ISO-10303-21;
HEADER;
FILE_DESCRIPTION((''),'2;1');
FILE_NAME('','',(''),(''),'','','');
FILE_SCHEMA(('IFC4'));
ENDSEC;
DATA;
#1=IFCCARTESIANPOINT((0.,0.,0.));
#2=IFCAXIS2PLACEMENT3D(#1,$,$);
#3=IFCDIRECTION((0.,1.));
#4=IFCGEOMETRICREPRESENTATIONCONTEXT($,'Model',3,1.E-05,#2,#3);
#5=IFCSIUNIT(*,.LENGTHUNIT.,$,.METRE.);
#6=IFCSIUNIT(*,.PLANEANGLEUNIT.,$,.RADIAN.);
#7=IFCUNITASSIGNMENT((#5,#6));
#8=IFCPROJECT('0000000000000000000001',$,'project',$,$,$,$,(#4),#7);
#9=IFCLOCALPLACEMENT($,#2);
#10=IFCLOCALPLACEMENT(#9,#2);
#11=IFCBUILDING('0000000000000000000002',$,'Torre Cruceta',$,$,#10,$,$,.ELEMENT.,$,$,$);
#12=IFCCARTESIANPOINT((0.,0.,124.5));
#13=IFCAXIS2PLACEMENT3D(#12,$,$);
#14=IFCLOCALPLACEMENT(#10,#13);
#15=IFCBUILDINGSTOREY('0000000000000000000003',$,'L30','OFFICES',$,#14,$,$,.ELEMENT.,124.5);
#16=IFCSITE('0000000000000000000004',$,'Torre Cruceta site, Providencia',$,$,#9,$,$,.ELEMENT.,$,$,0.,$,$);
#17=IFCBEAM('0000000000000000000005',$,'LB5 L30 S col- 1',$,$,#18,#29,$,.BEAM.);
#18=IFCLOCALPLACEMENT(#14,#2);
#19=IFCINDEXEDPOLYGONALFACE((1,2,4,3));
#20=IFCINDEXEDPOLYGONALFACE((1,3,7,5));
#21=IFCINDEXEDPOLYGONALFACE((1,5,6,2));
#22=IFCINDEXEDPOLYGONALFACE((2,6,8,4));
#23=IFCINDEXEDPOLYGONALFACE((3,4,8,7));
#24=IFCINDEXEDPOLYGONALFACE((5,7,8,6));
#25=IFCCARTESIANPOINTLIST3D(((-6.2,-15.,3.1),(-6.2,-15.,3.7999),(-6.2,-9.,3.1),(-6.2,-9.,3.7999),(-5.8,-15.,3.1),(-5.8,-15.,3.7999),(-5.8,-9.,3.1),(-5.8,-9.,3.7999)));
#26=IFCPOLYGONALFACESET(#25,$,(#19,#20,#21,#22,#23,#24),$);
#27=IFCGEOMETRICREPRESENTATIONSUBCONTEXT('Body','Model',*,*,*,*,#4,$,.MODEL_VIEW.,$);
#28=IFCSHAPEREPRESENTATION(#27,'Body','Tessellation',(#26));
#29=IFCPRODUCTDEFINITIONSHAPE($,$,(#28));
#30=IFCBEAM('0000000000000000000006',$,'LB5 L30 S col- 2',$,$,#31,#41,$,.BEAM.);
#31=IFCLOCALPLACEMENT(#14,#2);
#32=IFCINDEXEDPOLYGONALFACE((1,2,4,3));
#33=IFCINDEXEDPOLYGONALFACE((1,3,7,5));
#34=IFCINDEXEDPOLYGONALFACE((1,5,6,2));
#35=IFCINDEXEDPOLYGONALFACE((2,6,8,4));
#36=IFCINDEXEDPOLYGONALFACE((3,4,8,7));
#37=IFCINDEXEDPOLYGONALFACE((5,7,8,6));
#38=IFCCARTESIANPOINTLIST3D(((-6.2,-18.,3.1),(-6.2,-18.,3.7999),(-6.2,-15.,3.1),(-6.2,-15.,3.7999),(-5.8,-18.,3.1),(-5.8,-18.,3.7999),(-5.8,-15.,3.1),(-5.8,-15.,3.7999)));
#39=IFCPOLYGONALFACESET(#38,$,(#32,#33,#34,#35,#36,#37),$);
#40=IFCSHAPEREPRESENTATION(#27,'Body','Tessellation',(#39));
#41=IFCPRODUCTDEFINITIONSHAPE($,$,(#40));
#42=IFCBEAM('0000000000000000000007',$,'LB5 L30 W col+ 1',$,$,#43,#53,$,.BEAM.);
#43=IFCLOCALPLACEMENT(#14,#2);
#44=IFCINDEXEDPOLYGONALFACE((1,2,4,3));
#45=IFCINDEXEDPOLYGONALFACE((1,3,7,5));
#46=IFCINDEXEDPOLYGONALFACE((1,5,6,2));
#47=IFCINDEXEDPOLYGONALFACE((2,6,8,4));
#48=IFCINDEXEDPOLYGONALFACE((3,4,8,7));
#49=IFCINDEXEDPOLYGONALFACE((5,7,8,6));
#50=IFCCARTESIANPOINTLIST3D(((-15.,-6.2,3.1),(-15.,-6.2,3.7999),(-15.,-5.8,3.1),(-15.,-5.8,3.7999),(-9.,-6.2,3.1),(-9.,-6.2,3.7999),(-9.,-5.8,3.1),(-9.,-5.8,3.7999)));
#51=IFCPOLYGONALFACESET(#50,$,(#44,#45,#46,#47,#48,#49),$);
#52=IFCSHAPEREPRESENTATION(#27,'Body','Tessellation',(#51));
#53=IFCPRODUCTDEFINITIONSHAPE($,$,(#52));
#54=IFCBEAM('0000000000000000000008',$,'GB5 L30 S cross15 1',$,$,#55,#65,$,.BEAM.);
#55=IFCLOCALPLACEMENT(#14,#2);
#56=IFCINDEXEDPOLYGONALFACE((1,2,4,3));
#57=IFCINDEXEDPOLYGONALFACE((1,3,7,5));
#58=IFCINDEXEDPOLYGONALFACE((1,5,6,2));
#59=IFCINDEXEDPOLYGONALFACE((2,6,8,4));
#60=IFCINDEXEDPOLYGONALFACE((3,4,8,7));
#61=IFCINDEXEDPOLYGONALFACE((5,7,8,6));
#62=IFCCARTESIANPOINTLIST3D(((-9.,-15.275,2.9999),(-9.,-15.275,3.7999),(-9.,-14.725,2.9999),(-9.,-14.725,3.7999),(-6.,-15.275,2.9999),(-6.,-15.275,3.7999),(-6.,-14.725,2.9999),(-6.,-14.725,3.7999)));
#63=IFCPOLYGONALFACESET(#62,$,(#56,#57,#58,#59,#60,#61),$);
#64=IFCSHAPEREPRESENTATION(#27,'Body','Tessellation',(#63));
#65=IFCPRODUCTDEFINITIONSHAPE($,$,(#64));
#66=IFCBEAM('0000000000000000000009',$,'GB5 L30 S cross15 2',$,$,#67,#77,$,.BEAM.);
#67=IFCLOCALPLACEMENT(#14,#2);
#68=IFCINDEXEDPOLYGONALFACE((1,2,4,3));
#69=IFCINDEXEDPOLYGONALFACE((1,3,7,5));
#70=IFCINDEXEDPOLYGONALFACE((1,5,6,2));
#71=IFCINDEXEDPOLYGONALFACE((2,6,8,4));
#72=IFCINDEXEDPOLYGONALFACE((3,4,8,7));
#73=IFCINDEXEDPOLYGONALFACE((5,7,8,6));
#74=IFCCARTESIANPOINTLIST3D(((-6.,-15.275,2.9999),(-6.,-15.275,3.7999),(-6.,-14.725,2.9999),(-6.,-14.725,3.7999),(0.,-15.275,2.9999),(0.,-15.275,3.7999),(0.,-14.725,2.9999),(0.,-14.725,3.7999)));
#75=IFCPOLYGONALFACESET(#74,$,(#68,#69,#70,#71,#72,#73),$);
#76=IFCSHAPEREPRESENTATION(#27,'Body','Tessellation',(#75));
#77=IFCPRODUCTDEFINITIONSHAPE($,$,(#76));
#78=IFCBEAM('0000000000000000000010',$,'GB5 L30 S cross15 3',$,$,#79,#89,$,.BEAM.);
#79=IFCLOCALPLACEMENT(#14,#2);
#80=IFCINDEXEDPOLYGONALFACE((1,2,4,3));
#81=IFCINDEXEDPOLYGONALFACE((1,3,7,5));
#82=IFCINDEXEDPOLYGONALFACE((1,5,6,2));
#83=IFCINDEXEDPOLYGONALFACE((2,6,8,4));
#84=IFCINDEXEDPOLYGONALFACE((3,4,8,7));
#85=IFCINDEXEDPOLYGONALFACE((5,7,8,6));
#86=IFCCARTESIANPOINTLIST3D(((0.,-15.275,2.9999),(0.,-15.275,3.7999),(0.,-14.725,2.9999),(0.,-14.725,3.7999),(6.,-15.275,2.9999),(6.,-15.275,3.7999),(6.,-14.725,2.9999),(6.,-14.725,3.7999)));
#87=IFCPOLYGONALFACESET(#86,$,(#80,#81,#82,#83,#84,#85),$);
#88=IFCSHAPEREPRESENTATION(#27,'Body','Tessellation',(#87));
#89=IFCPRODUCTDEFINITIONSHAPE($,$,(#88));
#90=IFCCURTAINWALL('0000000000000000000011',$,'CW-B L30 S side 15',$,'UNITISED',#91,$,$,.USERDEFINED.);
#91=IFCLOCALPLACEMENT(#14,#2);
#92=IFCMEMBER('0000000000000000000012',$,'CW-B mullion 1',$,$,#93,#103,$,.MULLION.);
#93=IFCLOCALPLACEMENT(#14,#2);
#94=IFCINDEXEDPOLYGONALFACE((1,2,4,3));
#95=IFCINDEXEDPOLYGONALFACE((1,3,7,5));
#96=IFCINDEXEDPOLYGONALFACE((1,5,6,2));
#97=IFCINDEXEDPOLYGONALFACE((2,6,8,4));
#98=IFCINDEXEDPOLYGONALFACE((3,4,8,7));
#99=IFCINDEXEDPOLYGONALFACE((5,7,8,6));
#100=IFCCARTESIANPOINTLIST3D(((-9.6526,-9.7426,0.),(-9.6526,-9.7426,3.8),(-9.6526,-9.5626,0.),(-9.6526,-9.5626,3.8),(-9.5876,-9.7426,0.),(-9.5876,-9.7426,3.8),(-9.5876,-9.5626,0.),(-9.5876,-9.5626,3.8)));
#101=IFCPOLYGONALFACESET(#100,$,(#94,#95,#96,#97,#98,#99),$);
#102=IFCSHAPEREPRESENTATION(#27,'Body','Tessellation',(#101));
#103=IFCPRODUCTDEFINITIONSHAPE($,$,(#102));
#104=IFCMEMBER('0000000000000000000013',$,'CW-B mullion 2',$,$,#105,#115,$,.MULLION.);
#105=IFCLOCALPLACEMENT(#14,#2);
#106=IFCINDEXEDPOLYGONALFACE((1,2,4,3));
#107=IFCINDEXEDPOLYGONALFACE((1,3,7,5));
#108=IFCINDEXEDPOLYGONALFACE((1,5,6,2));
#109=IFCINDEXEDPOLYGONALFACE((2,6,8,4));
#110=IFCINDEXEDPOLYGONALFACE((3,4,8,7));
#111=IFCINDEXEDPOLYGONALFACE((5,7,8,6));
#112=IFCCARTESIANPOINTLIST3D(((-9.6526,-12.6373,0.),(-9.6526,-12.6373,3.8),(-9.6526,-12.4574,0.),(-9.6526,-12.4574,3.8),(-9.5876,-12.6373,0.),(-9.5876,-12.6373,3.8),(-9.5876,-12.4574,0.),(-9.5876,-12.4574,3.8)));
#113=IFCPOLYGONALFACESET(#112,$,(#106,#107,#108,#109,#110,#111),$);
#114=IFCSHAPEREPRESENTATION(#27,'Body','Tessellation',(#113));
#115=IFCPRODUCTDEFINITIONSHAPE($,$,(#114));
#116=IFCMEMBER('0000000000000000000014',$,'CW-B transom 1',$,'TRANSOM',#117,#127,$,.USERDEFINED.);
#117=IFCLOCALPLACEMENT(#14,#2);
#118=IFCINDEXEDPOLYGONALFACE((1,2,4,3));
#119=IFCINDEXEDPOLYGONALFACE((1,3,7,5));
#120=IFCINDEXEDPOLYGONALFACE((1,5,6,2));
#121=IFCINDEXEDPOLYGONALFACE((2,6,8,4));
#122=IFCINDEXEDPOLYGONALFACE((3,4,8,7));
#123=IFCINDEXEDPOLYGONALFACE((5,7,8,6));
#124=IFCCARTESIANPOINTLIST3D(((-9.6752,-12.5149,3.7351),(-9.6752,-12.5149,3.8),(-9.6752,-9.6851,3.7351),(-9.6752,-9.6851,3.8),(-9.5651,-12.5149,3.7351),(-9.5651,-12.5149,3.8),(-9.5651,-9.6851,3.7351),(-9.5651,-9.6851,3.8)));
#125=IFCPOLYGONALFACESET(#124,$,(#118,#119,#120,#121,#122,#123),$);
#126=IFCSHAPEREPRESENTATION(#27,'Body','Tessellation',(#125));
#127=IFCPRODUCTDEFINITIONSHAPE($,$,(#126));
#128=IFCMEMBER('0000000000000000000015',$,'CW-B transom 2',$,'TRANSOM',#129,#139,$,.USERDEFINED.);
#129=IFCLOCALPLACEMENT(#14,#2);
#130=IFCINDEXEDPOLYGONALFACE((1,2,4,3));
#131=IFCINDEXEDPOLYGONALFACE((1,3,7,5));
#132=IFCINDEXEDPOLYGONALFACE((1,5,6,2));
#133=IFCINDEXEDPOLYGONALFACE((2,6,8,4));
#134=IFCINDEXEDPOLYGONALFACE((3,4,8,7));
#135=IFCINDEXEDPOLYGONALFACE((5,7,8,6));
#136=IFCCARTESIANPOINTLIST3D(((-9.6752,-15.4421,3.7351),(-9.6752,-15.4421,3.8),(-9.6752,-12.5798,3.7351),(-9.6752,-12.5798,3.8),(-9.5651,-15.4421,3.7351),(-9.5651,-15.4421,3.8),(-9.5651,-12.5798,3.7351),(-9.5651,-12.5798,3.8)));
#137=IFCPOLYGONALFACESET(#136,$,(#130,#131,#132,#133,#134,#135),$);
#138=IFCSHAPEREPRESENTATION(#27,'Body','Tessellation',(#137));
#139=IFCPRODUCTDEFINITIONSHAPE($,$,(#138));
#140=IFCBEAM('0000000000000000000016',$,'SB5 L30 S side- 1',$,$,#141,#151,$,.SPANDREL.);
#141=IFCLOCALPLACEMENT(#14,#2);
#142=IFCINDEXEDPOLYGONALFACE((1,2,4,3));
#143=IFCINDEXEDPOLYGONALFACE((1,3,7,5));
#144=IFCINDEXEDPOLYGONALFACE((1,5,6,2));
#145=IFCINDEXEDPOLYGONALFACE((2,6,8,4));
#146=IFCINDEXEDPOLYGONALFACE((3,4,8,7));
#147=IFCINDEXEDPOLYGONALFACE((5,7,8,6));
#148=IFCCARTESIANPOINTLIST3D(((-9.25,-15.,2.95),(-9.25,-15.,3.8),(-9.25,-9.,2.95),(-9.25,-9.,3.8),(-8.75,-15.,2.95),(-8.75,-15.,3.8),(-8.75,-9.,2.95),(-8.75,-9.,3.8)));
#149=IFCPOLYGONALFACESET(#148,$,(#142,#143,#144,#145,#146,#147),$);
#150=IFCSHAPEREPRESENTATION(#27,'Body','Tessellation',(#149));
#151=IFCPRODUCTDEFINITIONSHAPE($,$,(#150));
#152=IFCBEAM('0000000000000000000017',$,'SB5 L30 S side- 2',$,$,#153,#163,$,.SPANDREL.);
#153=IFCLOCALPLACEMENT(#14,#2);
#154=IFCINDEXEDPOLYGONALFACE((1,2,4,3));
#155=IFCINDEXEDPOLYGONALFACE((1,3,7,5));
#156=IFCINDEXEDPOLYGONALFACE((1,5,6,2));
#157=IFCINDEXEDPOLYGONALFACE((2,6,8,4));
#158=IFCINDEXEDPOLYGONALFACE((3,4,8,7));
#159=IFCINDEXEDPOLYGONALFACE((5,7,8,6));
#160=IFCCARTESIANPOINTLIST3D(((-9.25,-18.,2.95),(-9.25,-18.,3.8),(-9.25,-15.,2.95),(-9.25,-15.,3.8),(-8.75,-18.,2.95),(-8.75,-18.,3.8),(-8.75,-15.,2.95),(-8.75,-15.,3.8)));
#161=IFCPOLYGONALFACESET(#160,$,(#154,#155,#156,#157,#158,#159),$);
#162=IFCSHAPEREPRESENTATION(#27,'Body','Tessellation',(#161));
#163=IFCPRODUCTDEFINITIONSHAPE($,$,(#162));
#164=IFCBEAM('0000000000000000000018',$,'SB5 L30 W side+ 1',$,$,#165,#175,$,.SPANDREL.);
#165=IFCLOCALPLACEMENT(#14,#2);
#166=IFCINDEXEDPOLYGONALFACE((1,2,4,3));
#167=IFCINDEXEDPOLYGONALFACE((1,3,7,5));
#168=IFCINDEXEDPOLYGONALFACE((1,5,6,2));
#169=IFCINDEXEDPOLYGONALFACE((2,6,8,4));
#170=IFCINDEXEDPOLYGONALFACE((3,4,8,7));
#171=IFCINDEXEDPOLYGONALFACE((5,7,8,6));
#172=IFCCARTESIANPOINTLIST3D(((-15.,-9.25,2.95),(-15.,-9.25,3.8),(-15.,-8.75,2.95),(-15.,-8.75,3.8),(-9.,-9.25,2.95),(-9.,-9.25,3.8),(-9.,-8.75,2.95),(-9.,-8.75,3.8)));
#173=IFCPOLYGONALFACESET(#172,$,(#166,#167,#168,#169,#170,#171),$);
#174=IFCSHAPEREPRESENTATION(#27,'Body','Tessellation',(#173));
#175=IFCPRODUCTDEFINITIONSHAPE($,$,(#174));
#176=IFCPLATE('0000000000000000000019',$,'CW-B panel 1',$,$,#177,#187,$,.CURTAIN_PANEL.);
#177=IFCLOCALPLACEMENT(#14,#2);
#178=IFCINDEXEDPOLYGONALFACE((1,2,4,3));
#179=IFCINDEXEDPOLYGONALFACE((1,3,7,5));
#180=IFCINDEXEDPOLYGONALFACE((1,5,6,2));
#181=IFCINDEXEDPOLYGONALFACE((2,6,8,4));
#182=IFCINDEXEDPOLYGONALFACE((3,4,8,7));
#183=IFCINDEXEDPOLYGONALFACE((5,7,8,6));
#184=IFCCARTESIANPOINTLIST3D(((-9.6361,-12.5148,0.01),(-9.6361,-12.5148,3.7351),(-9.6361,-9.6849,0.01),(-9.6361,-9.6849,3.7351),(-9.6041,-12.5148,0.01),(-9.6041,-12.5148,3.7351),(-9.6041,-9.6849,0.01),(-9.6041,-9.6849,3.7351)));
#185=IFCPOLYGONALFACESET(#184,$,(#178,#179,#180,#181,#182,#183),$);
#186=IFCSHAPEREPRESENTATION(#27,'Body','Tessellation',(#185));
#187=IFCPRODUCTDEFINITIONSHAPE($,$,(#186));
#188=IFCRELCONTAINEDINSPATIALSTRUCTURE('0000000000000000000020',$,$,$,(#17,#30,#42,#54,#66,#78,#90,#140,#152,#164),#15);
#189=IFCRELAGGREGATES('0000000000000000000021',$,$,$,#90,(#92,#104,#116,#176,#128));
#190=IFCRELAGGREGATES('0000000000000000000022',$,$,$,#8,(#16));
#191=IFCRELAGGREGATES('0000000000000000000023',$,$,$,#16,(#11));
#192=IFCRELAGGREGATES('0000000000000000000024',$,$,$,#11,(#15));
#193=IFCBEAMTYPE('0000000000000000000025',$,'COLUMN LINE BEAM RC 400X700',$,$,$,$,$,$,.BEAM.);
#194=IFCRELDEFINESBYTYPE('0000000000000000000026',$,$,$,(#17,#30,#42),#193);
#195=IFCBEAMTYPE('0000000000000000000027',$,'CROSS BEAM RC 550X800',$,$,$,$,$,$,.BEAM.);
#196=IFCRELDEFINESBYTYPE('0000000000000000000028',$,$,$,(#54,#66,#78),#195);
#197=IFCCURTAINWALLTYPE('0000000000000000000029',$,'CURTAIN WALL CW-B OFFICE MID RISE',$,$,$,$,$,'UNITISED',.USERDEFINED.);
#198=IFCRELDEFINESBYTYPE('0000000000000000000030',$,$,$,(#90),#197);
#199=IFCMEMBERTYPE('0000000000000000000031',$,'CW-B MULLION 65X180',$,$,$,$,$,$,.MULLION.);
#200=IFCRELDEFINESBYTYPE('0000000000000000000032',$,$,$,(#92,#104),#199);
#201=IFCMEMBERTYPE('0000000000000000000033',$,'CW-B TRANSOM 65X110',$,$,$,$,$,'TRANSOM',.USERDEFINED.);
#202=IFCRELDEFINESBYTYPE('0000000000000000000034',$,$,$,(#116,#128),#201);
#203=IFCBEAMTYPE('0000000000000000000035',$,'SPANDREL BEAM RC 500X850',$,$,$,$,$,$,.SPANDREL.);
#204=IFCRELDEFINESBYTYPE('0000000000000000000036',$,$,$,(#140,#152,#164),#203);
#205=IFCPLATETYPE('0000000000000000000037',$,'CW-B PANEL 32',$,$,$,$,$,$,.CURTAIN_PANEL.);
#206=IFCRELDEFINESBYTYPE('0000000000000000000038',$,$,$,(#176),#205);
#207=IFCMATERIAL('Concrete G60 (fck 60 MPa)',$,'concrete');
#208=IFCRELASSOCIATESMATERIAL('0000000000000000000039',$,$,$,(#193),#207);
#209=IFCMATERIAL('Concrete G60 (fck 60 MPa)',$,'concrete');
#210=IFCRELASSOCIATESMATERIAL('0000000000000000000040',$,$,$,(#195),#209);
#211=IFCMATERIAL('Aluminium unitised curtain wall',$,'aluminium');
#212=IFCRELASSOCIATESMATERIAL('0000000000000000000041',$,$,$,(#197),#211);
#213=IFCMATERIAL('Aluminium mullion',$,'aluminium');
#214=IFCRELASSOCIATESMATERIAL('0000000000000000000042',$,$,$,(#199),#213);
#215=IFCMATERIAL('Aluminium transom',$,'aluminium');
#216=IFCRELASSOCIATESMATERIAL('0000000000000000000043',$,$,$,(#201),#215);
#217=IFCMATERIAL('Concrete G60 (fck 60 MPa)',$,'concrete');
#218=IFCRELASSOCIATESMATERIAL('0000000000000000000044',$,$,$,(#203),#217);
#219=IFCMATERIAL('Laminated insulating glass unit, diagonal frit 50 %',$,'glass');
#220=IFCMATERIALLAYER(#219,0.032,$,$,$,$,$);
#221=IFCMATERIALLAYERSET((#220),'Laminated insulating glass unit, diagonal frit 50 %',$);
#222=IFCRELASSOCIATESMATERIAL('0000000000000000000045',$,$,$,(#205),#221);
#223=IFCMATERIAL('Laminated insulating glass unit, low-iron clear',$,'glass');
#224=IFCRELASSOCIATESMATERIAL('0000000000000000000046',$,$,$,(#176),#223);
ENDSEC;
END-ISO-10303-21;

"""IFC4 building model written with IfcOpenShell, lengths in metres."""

from ifc_helpers import new_model, si_unit, direction, frame, origin, origin_2d, place, context, subcontext, project, spatial, rectangle, extrude, material, layer, layer_set, material_profile, profile_set, type_object, element, aggregate, save


model = new_model("IFC4")

# Units and contexts
model_context = context("Model", 3, precision=1e-05, world=origin(), true_north=direction((0.0, 1.0)))
body_context = subcontext(model_context, "Body", "Model", "MODEL_VIEW")
ifc_project = project(units=[si_unit("LENGTHUNIT", "METRE"), si_unit("PLANEANGLEUNIT", "RADIAN")], contexts=[model_context])

# Site, building, storey
site_placement = place(None, origin())
site = spatial("IfcSite", under=ifc_project, at=site_placement, Name="Torre Cruceta site, Providencia", CompositionType="ELEMENT", RefElevation=0.0)
building_placement = place(site_placement, origin())
building = spatial("IfcBuilding", under=site, at=building_placement, Name="Torre Cruceta", CompositionType="ELEMENT")
storey_placement = place(building_placement, frame((0.0, 0.0, 124.5)))
storey = spatial("IfcBuildingStorey", under=building, at=storey_placement, Name="L30", Description="OFFICES", CompositionType="ELEMENT", Elevation=124.5)

# Beams
ifc_material_1 = material(Name="Concrete G60 (fck 60 MPa)", Category="concrete")
ifc_material_profile_1 = material_profile(ifc_material_1, rectangle(XDim=0.3999, YDim=0.7, at=origin_2d()), Name="RC 400X700")
ifc_profile_set_1 = profile_set([ifc_material_profile_1], Name="Concrete G60 (fck 60 MPa)")
beam_type_1 = type_object("IfcBeamType", Name="COLUMN LINE BEAM RC 400X700", PredefinedType="BEAM", material=ifc_profile_set_1)
beam_1_placement = place(storey_placement, frame((-6.0, -9.0, 3.45), z_axis=(0.0, -1.0, 0.0), x_axis=(1.0, 0.0, 0.0)))
element("IfcBeam", 1, at=beam_1_placement, inside=storey, type_object=beam_type_1, Name="LB5 L30 S col- 1", PredefinedType="BEAM", context=body_context, shape_type="SweptSolid", body=[
    extrude(rectangle(XDim=0.3999, YDim=0.7, at=origin_2d()), origin(), (0.0, 0.0, 1.0), 6.0),
])
beam_2_placement = place(storey_placement, frame((-6.0, -15.0, 3.45), z_axis=(0.0, -1.0, 0.0), x_axis=(1.0, 0.0, 0.0)))
element("IfcBeam", 2, at=beam_2_placement, inside=storey, type_object=beam_type_1, Name="LB5 L30 S col- 2", PredefinedType="BEAM", context=body_context, shape_type="SweptSolid", body=[
    extrude(rectangle(XDim=0.3999, YDim=0.7, at=origin_2d()), origin(), (0.0, 0.0, 1.0), 3.0),
])
beam_3_placement = place(storey_placement, frame((-9.0, -6.0, 3.45), z_axis=(-1.0, 0.0, 0.0), x_axis=(0.0, -1.0, 0.0)))
element("IfcBeam", 3, at=beam_3_placement, inside=storey, type_object=beam_type_1, Name="LB5 L30 W col+ 1", PredefinedType="BEAM", context=body_context, shape_type="SweptSolid", body=[
    extrude(rectangle(XDim=0.3999, YDim=0.7, at=origin_2d()), origin(), (0.0, 0.0, 1.0), 6.0),
])
ifc_material_2 = material(Name="Concrete G60 (fck 60 MPa)", Category="concrete")
ifc_material_profile_2 = material_profile(ifc_material_2, rectangle(XDim=0.55, YDim=0.8, at=origin_2d()), Name="RC 550X800")
ifc_profile_set_2 = profile_set([ifc_material_profile_2], Name="Concrete G60 (fck 60 MPa)")
beam_type_2 = type_object("IfcBeamType", Name="CROSS BEAM RC 550X800", PredefinedType="BEAM", material=ifc_profile_set_2)
beam_4_placement = place(storey_placement, frame((-9.0, -15.0, 3.3999), z_axis=(1.0, 0.0, 0.0), x_axis=(0.0, 1.0, 0.0)))
element("IfcBeam", 4, at=beam_4_placement, inside=storey, type_object=beam_type_2, Name="GB5 L30 S cross15 1", PredefinedType="BEAM", context=body_context, shape_type="SweptSolid", body=[
    extrude(rectangle(XDim=0.55, YDim=0.8, at=origin_2d()), origin(), (0.0, 0.0, 1.0), 3.0),
])
for number, where, z_axis, x_axis, name in (
    (5, (-6.0, -15.0, 3.3999), (1.0, 0.0, 0.0), (0.0, 1.0, 0.0), "GB5 L30 S cross15 2"),
    (6, (0.0, -15.0, 3.3999), (1.0, 0.0, 0.0), (0.0, 1.0, 0.0), "GB5 L30 S cross15 3"),
):
    element("IfcBeam", number, at=place(storey_placement, frame(where, z_axis=z_axis, x_axis=x_axis)), inside=storey, type_object=beam_type_2, Name=name, PredefinedType="BEAM", context=body_context, shape_type="SweptSolid", body=[
        extrude(rectangle(XDim=0.55, YDim=0.8, at=origin_2d()), origin(), (0.0, 0.0, 1.0), 6.0),
    ])

# Curtain wall, members
ifc_material_3 = material(Name="Aluminium unitised curtain wall", Category="aluminium")
curtain_wall_type = type_object("IfcCurtainWallType", Name="CURTAIN WALL CW-B OFFICE MID RISE", ElementType="UNITISED", PredefinedType="USERDEFINED", material=ifc_material_3)
curtain_wall_placement = place(storey_placement, origin())
curtain_wall = element("IfcCurtainWall", 7, at=curtain_wall_placement, inside=storey, type_object=curtain_wall_type, Name="CW-B L30 S side 15", ObjectType="UNITISED", PredefinedType="USERDEFINED")
ifc_material_4 = material(Name="Aluminium mullion", Category="aluminium")
ifc_material_profile_3 = material_profile(ifc_material_4, rectangle(XDim=0.0649, YDim=0.1799, at=origin_2d()), Name="AL 65X180")
ifc_profile_set_3 = profile_set([ifc_material_profile_3], Name="Aluminium mullion")
member_type_1 = type_object("IfcMemberType", Name="CW-B MULLION 65X180", PredefinedType="MULLION", material=ifc_profile_set_3)
member_1_placement = place(storey_placement, frame((-9.6201, -9.6526, 0.0), z_axis=(0.0, 0.0, 1.0), x_axis=(1.0, 0.0, 0.0)))
member_1 = element("IfcMember", 8, at=member_1_placement, type_object=member_type_1, Name="CW-B mullion 1", PredefinedType="MULLION", context=body_context, shape_type="SweptSolid", body=[
    extrude(rectangle(XDim=0.0649, YDim=0.1799, at=origin_2d()), origin(), (0.0, 0.0, 1.0), 3.8),
])
member_2_placement = place(storey_placement, frame((-9.6201, -12.5474, 0.0), z_axis=(0.0, 0.0, 1.0), x_axis=(1.0, 0.0, 0.0)))
member_2 = element("IfcMember", 9, at=member_2_placement, type_object=member_type_1, Name="CW-B mullion 2", PredefinedType="MULLION", context=body_context, shape_type="SweptSolid", body=[
    extrude(rectangle(XDim=0.0649, YDim=0.1799, at=origin_2d()), origin(), (0.0, 0.0, 1.0), 3.8),
])
ifc_material_5 = material(Name="Aluminium transom", Category="aluminium")
ifc_material_profile_4 = material_profile(ifc_material_5, rectangle(XDim=0.1101, YDim=0.0649, at=origin_2d()), Name="AL 110X65")
ifc_profile_set_4 = profile_set([ifc_material_profile_4], Name="Aluminium transom")
member_type_2 = type_object("IfcMemberType", Name="CW-B TRANSOM 65X110", ElementType="TRANSOM", PredefinedType="USERDEFINED", material=ifc_profile_set_4)
member_3_placement = place(storey_placement, frame((-9.6201, -9.6851, 3.7676), z_axis=(0.0, -1.0, 0.0), x_axis=(1.0, 0.0, 0.0)))
member_3 = element("IfcMember", 10, at=member_3_placement, type_object=member_type_2, Name="CW-B transom 1", ObjectType="TRANSOM", PredefinedType="USERDEFINED", context=body_context, shape_type="SweptSolid", body=[
    extrude(rectangle(XDim=0.1101, YDim=0.0649, at=origin_2d()), origin(), (0.0, 0.0, 1.0), 2.8298),
])
member_4_placement = place(storey_placement, frame((-9.6201, -12.5798, 3.7676), z_axis=(0.0, -1.0, 0.0), x_axis=(1.0, 0.0, 0.0)))
member_4 = element("IfcMember", 11, at=member_4_placement, type_object=member_type_2, Name="CW-B transom 2", ObjectType="TRANSOM", PredefinedType="USERDEFINED", context=body_context, shape_type="SweptSolid", body=[
    extrude(rectangle(XDim=0.1101, YDim=0.0649, at=origin_2d()), origin(), (0.0, 0.0, 1.0), 2.8623),
])

# Beams
ifc_material_6 = material(Name="Concrete G60 (fck 60 MPa)", Category="concrete")
ifc_material_profile_5 = material_profile(ifc_material_6, rectangle(XDim=0.5, YDim=0.8501, at=origin_2d()), Name="RC 500X850")
ifc_profile_set_5 = profile_set([ifc_material_profile_5], Name="Concrete G60 (fck 60 MPa)")
beam_type_3 = type_object("IfcBeamType", Name="SPANDREL BEAM RC 500X850", PredefinedType="SPANDREL", material=ifc_profile_set_5)
beam_5_placement = place(storey_placement, frame((-9.0, -9.0, 3.375), z_axis=(0.0, -1.0, 0.0), x_axis=(1.0, 0.0, 0.0)))
element("IfcBeam", 12, at=beam_5_placement, inside=storey, type_object=beam_type_3, Name="SB5 L30 S side- 1", PredefinedType="SPANDREL", context=body_context, shape_type="SweptSolid", body=[
    extrude(rectangle(XDim=0.5, YDim=0.8501, at=origin_2d()), origin(), (0.0, 0.0, 1.0), 6.0),
])
beam_6_placement = place(storey_placement, frame((-9.0, -15.0, 3.375), z_axis=(0.0, -1.0, 0.0), x_axis=(1.0, 0.0, 0.0)))
element("IfcBeam", 13, at=beam_6_placement, inside=storey, type_object=beam_type_3, Name="SB5 L30 S side- 2", PredefinedType="SPANDREL", context=body_context, shape_type="SweptSolid", body=[
    extrude(rectangle(XDim=0.5, YDim=0.8501, at=origin_2d()), origin(), (0.0, 0.0, 1.0), 3.0),
])
beam_7_placement = place(storey_placement, frame((-9.0, -9.0, 3.375), z_axis=(-1.0, 0.0, 0.0), x_axis=(0.0, -1.0, 0.0)))
element("IfcBeam", 14, at=beam_7_placement, inside=storey, type_object=beam_type_3, Name="SB5 L30 W side+ 1", PredefinedType="SPANDREL", context=body_context, shape_type="SweptSolid", body=[
    extrude(rectangle(XDim=0.5, YDim=0.8501, at=origin_2d()), origin(), (0.0, 0.0, 1.0), 6.0),
])

# Plate
ifc_material_7 = material(Name="Laminated insulating glass unit, low-iron clear", Category="glass")
ifc_material_8 = material(Name="Laminated insulating glass unit, diagonal frit 50 %", Category="glass")
ifc_layer_1 = layer(ifc_material_8, 0.032)
ifc_layer_set_1 = layer_set([ifc_layer_1], Name="Laminated insulating glass unit, diagonal frit 50 %")
plate_type = type_object("IfcPlateType", Name="CW-B PANEL 32", PredefinedType="CURTAIN_PANEL", material=ifc_layer_set_1)
plate_placement = place(storey_placement, frame((-9.6201, -11.0999, 0.01), z_axis=(0.0, 0.0, 1.0), x_axis=(0.0, -1.0, 0.0)))
plate = element("IfcPlate", 15, at=plate_placement, type_object=plate_type, material=ifc_material_7, Name="CW-B panel 1", PredefinedType="CURTAIN_PANEL", context=body_context, shape_type="SweptSolid", body=[
    extrude(rectangle(XDim=2.8298, YDim=0.032, at=origin_2d()), origin(), (0.0, 0.0, 1.0), 3.7251),
])
aggregate(curtain_wall, [member_1, member_2, member_3, plate, member_4])

save(model, "model.ifc")
